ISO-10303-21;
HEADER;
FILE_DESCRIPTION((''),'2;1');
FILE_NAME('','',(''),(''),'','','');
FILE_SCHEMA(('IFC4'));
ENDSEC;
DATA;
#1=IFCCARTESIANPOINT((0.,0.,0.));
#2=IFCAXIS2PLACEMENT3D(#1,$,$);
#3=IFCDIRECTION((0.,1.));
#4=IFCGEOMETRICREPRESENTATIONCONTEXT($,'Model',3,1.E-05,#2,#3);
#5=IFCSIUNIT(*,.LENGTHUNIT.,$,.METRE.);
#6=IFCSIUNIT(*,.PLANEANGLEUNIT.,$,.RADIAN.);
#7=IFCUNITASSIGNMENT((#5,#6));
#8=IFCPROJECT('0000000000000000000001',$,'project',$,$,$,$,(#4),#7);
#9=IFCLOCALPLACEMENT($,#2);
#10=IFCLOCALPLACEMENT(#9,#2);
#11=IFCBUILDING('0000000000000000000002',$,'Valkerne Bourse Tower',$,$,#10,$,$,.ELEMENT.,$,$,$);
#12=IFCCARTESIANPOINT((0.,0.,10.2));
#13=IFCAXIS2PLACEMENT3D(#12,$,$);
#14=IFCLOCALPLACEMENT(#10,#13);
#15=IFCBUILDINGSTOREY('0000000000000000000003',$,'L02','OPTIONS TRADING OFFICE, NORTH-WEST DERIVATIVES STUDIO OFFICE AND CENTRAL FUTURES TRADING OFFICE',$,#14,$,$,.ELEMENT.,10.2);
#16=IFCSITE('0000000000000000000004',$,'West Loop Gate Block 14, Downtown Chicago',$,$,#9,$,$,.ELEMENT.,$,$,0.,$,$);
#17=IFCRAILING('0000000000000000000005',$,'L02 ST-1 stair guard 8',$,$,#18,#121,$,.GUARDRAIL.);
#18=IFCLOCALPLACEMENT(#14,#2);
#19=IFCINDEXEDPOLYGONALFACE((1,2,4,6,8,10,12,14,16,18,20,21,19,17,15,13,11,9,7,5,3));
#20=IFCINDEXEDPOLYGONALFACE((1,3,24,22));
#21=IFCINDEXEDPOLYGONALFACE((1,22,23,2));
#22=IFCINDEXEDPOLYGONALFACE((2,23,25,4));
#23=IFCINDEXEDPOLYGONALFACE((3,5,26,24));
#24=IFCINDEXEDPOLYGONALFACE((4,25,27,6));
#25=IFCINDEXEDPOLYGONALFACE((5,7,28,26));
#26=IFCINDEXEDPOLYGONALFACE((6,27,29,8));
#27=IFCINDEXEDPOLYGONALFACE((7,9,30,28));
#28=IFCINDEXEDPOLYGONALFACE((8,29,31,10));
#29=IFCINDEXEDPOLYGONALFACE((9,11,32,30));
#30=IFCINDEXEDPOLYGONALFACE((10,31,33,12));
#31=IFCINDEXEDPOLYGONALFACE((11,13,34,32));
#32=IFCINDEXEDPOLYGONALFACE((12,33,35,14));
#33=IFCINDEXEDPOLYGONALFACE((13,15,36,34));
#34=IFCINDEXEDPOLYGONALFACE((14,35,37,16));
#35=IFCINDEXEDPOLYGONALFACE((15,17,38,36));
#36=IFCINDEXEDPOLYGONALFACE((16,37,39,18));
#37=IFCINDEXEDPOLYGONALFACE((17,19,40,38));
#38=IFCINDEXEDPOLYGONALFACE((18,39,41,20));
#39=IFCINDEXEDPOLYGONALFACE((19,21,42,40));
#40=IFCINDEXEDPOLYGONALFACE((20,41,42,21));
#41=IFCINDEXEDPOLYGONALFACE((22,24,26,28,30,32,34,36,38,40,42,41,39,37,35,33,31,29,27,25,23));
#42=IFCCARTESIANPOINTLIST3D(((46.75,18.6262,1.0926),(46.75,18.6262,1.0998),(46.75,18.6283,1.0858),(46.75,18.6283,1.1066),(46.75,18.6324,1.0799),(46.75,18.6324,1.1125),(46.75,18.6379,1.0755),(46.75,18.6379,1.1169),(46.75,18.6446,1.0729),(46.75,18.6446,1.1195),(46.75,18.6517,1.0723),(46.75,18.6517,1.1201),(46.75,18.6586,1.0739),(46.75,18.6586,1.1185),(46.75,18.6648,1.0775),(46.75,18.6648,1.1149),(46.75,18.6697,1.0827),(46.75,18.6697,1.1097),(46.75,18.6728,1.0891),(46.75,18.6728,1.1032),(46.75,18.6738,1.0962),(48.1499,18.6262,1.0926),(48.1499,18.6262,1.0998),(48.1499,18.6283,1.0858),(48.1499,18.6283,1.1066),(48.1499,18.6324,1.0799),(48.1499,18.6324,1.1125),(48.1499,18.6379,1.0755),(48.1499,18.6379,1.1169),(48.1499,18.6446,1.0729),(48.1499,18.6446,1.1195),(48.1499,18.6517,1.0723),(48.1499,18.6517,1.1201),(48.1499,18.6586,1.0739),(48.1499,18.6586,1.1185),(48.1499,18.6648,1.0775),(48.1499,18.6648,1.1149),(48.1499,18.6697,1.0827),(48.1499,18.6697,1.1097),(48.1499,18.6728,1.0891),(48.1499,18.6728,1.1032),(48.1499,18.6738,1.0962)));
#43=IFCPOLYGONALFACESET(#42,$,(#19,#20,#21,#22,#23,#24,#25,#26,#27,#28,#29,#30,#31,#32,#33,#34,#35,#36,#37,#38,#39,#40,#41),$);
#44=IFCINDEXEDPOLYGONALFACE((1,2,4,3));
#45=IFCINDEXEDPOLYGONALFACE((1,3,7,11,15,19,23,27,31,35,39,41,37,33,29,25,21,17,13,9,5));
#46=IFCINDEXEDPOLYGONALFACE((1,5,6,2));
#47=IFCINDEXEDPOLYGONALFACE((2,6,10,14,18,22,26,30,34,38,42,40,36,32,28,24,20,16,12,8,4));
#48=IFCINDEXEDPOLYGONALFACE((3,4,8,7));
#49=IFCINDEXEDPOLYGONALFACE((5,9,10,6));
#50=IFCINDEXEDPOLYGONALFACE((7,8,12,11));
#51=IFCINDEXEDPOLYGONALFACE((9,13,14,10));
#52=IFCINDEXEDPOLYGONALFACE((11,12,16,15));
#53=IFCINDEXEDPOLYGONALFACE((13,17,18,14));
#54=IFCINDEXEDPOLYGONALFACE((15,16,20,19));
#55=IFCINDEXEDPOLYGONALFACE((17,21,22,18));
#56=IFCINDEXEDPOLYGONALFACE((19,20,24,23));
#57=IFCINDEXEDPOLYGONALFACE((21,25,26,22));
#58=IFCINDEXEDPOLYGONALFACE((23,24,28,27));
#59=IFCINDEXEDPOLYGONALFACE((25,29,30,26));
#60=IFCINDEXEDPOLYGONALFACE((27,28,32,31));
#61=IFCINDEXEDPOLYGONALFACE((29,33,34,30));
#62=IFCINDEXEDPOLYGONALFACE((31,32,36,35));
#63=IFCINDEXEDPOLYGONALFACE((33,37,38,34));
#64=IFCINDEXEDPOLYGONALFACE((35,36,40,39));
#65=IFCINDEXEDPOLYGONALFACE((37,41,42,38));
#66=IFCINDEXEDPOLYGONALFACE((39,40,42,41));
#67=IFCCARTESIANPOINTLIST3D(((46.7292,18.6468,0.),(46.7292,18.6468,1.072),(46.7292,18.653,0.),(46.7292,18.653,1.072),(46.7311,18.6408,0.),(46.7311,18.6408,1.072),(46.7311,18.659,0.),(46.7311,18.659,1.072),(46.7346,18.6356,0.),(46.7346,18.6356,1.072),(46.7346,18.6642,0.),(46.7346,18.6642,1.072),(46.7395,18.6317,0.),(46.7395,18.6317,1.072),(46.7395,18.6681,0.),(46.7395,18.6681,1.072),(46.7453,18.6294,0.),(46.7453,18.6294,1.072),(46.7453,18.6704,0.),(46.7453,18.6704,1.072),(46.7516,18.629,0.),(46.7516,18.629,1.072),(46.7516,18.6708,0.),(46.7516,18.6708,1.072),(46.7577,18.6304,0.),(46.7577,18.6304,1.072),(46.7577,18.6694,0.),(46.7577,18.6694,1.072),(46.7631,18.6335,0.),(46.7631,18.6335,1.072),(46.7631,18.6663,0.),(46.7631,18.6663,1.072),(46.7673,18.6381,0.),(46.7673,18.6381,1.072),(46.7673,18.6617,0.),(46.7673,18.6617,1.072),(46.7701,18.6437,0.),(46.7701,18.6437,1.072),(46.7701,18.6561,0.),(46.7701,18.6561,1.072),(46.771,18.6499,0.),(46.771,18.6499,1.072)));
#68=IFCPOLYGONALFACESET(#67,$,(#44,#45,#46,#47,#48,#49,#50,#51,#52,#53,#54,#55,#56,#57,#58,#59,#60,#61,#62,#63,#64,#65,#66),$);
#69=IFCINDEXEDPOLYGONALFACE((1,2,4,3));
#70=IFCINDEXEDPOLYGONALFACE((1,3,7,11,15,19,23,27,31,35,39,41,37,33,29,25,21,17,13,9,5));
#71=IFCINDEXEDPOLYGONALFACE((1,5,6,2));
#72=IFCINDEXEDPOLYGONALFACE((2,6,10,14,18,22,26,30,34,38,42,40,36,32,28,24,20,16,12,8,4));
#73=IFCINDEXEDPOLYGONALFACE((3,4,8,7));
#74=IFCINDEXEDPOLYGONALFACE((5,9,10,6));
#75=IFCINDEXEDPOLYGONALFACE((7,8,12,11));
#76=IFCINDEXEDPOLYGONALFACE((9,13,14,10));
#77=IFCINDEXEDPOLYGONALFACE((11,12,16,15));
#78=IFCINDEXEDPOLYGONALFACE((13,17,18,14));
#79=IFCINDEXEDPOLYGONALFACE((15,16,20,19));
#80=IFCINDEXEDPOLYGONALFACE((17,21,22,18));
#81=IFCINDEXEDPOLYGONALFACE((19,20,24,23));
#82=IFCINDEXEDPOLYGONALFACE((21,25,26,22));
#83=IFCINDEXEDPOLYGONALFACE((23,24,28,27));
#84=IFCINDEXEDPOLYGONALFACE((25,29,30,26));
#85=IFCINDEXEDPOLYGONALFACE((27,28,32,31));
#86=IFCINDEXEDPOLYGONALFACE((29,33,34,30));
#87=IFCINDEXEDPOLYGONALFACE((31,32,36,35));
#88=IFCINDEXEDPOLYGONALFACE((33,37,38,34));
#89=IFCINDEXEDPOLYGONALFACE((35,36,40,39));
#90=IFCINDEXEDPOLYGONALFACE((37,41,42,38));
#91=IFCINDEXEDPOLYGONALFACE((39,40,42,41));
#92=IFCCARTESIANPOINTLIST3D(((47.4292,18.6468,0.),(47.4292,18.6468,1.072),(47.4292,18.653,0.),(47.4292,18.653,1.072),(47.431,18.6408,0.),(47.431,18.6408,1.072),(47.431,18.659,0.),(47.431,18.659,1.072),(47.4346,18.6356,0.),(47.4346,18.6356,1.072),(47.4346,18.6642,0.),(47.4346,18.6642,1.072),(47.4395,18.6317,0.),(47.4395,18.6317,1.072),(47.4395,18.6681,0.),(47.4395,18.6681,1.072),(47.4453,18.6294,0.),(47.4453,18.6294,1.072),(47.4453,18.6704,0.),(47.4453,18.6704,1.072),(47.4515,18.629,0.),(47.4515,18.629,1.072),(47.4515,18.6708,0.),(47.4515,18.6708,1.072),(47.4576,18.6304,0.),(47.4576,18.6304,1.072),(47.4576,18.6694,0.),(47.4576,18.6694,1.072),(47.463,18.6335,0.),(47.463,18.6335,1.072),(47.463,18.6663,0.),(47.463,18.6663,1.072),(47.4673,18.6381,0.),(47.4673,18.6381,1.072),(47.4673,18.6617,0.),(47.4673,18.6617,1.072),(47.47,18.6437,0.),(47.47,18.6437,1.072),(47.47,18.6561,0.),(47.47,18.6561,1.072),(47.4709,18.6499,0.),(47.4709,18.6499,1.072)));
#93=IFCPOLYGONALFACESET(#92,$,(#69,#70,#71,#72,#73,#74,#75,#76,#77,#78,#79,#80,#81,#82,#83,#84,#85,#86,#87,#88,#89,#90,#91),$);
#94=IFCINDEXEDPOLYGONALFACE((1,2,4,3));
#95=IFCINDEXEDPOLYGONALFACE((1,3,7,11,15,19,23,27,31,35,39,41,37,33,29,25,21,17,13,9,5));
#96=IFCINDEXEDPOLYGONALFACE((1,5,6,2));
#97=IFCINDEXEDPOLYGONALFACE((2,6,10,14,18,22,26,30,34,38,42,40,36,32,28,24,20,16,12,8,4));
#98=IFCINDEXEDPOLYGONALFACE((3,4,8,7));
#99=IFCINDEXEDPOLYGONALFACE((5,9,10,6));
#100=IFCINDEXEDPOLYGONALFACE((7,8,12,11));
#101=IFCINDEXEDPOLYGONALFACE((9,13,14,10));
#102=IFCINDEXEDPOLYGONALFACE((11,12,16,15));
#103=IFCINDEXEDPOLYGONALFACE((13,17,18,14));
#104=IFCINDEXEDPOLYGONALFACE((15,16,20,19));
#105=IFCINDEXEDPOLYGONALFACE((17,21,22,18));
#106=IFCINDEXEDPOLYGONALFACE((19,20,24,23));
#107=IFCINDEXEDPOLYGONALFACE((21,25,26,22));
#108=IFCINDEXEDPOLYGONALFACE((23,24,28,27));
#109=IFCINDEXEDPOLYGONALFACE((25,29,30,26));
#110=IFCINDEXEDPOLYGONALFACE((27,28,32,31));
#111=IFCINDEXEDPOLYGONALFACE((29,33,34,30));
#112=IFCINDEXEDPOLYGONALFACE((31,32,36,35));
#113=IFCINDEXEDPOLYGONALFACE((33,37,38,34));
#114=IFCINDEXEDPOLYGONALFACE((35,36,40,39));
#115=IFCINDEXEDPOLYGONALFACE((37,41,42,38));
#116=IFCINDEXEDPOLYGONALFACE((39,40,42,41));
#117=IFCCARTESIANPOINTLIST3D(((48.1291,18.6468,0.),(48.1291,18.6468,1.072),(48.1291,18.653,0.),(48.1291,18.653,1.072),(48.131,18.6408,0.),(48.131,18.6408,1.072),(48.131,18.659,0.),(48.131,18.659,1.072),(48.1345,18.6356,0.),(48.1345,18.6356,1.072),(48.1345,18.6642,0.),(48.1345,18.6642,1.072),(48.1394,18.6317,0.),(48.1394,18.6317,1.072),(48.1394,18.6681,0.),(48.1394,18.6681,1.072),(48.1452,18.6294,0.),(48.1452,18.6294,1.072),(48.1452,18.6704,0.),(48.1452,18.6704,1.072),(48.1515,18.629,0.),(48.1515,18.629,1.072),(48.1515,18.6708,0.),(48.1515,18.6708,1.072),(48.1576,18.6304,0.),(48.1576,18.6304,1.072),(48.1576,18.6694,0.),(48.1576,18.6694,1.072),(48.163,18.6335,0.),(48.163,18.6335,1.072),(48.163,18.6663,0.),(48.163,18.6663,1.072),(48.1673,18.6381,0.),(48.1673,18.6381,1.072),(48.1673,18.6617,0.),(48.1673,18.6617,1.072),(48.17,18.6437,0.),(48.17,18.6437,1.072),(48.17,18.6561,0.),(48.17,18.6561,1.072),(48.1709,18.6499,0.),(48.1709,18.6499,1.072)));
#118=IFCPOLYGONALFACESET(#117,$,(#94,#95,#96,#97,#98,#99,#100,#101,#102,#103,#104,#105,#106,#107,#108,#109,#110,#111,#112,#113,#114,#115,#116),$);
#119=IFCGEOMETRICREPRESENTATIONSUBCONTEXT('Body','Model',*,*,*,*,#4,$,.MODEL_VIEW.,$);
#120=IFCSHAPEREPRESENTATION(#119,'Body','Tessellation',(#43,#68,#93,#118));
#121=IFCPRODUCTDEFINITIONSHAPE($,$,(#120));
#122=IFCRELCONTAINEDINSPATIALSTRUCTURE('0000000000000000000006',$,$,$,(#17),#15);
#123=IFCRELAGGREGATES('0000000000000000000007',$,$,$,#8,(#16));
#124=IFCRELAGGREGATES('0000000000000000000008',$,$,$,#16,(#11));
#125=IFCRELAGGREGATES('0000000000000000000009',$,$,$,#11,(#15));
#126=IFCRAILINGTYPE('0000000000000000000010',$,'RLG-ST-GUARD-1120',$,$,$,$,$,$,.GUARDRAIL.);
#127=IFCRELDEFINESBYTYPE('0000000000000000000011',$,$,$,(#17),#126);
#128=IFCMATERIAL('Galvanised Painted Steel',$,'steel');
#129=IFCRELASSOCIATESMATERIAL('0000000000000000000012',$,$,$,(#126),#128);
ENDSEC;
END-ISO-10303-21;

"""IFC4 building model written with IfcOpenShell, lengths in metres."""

from ifc_helpers import new_model, si_unit, direction, frame, origin, origin_2d, place, context, subcontext, project, spatial, circle, extrude, material, type_object, element, save


model = new_model("IFC4")

# Units and contexts
model_context = context("Model", 3, precision=1e-05, world=origin(), true_north=direction((0.0, 1.0)))
body_context = subcontext(model_context, "Body", "Model", "MODEL_VIEW")
ifc_project = project(units=[si_unit("LENGTHUNIT", "METRE"), si_unit("PLANEANGLEUNIT", "RADIAN")], contexts=[model_context])

# Site, building, storey
site_placement = place(None, origin())
site = spatial("IfcSite", under=ifc_project, at=site_placement, Name="West Loop Gate Block 14, Downtown Chicago", CompositionType="ELEMENT", RefElevation=0.0)
building_placement = place(site_placement, origin())
building = spatial("IfcBuilding", under=site, at=building_placement, Name="Valkerne Bourse Tower", CompositionType="ELEMENT")
storey_placement = place(building_placement, frame((0.0, 0.0, 10.2)))
storey = spatial("IfcBuildingStorey", under=building, at=storey_placement, Name="L02", Description="OPTIONS TRADING OFFICE, NORTH-WEST DERIVATIVES STUDIO OFFICE AND CENTRAL FUTURES TRADING OFFICE", CompositionType="ELEMENT", Elevation=10.2)

# Shared definitions
ifc_material_1 = material(Name="Galvanised Painted Steel", Category="steel")

# Railing
railing_type_1 = type_object("IfcRailingType", Name="RLG-ST-GUARD-1120", PredefinedType="GUARDRAIL", material=ifc_material_1)
railing_1_placement = place(storey_placement, frame((46.75, 18.6499, 0.0)))
element("IfcRailing", 1, at=railing_1_placement, inside=storey, type_object=railing_type_1, Name="L02 ST-1 stair guard 8", PredefinedType="GUARDRAIL", context=body_context, shape_type="SweptSolid", body=[
    extrude(circle(Radius=0.0239, at=origin_2d()), frame((0.0, 0.0, 1.0962), z_axis=(1.0, 0.0, 0.0), x_axis=(0.0, 1.0, 0.0)), (0.0, 0.0, 1.0), 1.3999),
    extrude(circle(Radius=0.021, at=origin_2d()), origin(), (0.0, 0.0, 1.0), 1.072),
    extrude(circle(Radius=0.021, at=origin_2d()), frame((0.7, 0.0, 0.0)), (0.0, 0.0, 1.0), 1.072),
    extrude(circle(Radius=0.021, at=origin_2d()), frame((1.3999, 0.0, 0.0)), (0.0, 0.0, 1.0), 1.072),
])

save(model, "model.ifc")
